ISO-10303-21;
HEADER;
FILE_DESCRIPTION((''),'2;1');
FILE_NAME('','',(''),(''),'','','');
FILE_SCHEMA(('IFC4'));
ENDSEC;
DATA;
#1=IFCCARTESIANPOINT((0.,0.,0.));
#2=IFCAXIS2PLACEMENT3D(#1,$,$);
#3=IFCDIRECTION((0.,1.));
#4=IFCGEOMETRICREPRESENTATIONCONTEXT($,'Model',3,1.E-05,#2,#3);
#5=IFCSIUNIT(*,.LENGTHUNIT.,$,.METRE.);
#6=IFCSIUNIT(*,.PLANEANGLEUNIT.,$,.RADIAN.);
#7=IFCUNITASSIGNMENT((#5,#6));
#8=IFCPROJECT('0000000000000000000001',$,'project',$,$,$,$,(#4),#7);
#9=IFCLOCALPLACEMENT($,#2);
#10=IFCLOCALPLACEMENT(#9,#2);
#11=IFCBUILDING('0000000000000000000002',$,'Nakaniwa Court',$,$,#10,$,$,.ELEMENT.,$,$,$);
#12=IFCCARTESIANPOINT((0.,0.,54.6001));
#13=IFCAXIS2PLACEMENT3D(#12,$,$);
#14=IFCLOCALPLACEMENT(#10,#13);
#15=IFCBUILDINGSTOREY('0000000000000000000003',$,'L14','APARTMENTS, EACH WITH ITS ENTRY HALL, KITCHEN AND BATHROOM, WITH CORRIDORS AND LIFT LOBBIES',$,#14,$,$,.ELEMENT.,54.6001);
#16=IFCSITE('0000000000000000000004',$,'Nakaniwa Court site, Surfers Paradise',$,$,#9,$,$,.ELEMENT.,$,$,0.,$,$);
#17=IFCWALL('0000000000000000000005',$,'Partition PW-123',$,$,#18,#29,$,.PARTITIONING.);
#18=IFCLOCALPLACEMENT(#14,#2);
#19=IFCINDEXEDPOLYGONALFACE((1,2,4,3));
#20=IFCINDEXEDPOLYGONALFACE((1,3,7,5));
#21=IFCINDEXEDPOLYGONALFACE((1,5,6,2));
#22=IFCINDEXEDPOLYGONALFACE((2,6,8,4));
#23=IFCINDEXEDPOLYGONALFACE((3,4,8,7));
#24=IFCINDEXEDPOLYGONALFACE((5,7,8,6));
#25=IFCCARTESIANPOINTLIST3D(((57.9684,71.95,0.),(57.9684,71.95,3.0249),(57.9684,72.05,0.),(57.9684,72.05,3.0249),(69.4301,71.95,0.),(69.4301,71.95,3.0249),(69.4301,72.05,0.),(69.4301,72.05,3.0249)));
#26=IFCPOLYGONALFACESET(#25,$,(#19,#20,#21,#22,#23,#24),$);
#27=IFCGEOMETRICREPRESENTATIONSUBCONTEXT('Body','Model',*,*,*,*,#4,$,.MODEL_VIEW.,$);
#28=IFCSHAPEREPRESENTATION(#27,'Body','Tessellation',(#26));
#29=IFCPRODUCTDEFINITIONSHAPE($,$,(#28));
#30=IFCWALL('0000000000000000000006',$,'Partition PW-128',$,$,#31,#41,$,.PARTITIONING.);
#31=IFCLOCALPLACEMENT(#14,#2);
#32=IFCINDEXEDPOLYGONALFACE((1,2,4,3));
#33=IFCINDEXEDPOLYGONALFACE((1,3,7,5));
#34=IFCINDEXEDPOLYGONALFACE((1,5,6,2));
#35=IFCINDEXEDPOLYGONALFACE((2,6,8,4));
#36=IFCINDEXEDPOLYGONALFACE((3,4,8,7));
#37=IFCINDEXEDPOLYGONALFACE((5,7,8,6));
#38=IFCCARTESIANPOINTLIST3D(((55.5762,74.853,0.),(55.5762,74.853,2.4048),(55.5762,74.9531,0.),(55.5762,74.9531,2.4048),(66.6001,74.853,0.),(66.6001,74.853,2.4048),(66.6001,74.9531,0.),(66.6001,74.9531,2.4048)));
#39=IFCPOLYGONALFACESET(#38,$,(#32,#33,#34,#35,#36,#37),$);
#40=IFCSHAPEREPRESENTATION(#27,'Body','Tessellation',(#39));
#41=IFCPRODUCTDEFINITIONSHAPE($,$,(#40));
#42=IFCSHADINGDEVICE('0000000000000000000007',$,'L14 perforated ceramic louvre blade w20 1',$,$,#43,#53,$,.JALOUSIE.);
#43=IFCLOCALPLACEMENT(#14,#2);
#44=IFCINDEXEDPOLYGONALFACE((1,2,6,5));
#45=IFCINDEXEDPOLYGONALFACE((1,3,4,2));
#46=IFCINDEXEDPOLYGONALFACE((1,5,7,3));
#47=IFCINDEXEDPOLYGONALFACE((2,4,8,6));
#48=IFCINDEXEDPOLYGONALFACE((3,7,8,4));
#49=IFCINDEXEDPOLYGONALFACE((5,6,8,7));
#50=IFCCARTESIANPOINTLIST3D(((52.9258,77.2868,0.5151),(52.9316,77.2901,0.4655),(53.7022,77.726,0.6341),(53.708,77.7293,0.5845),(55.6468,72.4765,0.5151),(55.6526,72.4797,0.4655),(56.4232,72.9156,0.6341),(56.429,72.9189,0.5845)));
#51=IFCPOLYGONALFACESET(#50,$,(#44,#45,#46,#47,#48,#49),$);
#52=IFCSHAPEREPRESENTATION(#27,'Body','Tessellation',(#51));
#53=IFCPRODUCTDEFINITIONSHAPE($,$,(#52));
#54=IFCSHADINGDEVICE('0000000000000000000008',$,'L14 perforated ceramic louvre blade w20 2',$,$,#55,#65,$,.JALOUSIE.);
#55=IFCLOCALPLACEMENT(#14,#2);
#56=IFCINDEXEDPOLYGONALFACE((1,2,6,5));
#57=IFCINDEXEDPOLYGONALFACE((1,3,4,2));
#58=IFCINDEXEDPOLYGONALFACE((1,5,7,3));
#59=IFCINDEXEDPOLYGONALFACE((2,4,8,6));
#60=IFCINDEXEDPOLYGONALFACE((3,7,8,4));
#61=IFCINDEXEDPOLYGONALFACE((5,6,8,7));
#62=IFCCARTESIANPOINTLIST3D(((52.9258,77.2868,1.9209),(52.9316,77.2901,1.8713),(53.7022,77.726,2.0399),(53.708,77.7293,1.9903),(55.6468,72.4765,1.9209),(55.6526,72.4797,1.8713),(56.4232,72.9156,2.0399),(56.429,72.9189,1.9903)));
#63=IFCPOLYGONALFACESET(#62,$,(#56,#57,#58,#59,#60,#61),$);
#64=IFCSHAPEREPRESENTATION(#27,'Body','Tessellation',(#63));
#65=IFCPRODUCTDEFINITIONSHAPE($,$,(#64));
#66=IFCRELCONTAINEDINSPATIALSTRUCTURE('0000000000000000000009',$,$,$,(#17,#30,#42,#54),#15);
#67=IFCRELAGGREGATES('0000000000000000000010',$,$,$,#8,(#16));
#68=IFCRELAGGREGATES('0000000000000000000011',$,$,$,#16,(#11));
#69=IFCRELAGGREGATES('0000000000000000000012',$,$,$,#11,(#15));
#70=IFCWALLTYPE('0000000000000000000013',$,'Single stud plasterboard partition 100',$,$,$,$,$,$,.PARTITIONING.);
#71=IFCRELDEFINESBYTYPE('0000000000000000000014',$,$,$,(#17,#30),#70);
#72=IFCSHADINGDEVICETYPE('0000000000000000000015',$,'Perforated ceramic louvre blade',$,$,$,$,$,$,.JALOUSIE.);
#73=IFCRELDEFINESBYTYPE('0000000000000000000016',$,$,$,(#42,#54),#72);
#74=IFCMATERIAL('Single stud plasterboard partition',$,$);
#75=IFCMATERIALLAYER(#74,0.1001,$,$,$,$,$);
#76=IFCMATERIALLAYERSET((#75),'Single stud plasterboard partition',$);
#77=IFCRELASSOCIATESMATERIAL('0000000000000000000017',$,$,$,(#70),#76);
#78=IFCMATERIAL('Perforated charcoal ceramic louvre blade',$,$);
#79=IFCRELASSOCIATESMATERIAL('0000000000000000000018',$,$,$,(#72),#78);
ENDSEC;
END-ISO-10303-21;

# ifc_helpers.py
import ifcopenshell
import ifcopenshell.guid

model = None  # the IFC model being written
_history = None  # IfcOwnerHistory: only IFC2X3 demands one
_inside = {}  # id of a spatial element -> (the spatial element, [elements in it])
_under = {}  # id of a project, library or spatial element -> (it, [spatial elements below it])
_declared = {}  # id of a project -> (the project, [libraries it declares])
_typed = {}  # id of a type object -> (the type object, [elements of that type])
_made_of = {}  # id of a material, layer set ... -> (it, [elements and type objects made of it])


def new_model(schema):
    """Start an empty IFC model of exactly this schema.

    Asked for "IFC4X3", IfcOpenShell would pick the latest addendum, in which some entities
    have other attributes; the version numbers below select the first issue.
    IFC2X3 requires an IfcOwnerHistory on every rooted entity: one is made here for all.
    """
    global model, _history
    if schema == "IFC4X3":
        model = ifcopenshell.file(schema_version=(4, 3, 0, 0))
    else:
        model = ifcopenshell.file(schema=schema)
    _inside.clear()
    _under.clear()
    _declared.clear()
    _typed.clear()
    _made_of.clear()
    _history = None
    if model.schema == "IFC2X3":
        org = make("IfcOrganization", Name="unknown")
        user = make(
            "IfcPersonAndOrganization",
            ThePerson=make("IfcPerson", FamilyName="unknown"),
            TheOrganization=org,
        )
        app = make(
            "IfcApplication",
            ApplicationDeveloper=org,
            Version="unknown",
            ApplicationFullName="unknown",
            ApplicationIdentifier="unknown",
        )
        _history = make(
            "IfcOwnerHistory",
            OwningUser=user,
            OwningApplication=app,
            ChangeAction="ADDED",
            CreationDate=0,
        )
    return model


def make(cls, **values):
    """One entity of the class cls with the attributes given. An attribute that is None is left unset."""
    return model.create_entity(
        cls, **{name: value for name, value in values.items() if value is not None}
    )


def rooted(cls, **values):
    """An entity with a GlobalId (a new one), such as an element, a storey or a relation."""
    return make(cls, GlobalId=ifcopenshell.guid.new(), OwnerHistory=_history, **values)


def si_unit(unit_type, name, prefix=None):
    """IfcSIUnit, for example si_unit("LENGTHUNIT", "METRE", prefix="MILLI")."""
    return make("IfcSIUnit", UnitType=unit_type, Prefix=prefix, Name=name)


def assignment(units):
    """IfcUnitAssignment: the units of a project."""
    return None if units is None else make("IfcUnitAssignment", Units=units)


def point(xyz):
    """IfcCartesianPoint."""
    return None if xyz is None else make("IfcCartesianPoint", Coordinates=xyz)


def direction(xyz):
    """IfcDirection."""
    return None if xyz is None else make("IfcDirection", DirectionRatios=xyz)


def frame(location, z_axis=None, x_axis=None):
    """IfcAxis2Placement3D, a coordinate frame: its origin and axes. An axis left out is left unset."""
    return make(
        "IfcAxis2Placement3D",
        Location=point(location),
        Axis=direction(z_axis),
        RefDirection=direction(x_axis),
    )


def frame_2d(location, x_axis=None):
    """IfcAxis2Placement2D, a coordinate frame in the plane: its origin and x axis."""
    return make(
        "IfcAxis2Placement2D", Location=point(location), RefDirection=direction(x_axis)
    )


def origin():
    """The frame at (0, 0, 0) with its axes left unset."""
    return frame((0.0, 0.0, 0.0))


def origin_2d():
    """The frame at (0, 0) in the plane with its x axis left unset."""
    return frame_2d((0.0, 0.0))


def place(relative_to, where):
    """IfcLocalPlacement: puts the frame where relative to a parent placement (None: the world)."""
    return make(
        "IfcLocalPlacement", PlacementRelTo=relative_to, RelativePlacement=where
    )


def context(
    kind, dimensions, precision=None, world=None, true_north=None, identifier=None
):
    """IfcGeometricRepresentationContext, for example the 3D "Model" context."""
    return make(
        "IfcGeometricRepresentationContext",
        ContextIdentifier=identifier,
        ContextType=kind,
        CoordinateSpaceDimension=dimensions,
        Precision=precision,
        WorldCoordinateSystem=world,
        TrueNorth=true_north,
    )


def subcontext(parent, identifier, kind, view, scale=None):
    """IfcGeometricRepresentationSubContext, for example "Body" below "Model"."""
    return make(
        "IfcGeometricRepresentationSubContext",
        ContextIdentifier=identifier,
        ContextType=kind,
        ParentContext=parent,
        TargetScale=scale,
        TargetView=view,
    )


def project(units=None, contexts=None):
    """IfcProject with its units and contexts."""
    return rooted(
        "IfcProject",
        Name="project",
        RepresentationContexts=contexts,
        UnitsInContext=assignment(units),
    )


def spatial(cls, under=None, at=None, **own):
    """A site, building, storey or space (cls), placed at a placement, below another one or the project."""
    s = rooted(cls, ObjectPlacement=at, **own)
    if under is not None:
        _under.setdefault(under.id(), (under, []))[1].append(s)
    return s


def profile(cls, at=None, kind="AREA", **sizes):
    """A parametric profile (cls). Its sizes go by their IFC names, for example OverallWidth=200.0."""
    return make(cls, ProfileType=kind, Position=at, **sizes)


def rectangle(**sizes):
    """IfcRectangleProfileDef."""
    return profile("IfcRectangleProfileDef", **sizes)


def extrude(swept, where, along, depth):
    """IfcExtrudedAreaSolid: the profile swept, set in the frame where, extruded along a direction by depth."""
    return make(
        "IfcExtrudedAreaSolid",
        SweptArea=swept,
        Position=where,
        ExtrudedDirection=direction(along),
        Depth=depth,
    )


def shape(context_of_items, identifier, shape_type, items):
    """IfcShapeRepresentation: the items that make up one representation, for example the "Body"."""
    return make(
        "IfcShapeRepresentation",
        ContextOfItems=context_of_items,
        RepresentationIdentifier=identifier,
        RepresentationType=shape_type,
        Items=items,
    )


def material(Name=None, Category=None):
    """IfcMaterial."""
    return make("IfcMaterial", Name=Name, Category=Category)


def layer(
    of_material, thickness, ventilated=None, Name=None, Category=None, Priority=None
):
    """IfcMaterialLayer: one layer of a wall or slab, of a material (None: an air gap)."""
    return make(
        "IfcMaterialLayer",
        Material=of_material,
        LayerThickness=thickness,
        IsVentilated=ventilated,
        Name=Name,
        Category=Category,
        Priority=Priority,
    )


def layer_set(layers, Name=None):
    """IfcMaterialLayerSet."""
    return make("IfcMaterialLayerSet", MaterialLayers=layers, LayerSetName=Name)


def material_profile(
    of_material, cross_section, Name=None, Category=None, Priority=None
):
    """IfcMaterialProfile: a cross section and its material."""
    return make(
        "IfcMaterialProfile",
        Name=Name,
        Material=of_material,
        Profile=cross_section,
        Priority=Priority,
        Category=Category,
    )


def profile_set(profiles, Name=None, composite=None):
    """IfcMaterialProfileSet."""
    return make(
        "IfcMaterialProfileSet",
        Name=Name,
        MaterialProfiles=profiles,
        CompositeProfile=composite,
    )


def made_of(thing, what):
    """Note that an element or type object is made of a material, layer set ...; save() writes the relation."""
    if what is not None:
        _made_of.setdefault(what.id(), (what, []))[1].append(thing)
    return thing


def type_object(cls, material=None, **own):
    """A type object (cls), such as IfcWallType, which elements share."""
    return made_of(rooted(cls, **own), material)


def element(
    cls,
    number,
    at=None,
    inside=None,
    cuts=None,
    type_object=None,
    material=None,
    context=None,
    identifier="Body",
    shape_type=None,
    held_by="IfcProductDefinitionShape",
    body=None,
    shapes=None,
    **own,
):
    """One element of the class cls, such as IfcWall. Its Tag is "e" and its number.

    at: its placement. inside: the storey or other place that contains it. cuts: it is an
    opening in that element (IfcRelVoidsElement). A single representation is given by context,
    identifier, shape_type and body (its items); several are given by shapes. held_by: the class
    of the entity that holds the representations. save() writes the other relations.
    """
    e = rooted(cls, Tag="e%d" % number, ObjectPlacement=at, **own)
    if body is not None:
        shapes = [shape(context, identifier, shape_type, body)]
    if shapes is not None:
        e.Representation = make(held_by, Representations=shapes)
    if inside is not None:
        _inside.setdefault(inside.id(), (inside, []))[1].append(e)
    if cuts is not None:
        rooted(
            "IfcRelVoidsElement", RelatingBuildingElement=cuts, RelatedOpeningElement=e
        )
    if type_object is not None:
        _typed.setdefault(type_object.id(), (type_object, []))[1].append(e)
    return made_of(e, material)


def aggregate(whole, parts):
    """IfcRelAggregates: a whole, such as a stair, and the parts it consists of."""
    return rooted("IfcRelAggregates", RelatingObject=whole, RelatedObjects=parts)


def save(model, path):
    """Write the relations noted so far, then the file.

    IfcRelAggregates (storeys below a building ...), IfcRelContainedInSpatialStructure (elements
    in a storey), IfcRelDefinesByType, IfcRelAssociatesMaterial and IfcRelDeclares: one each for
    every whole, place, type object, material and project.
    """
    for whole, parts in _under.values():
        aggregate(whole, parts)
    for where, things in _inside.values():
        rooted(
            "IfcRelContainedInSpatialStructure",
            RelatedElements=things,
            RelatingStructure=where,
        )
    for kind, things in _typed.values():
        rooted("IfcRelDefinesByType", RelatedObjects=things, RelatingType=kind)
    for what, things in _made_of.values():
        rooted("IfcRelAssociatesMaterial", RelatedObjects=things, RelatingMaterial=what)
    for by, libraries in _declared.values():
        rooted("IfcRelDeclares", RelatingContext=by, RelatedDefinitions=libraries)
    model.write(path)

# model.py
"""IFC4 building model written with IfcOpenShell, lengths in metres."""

from ifc_helpers import new_model, si_unit, direction, frame, frame_2d, origin, origin_2d, place, context, subcontext, project, spatial, rectangle, extrude, material, layer, layer_set, material_profile, profile_set, type_object, element, save


model = new_model("IFC4")

# Units and contexts
model_context = context("Model", 3, precision=1e-05, world=origin(), true_north=direction((0.0, 1.0)))
body_context = subcontext(model_context, "Body", "Model", "MODEL_VIEW")
ifc_project = project(units=[si_unit("LENGTHUNIT", "METRE"), si_unit("PLANEANGLEUNIT", "RADIAN")], contexts=[model_context])

# Site, building, storey
site_placement = place(None, origin())
site = spatial("IfcSite", under=ifc_project, at=site_placement, Name="Nakaniwa Court site, Surfers Paradise", CompositionType="ELEMENT", RefElevation=0.0)
building_placement = place(site_placement, origin())
building = spatial("IfcBuilding", under=site, at=building_placement, Name="Nakaniwa Court", CompositionType="ELEMENT")
storey_placement = place(building_placement, frame((0.0, 0.0, 54.6001)))
storey = spatial("IfcBuildingStorey", under=building, at=storey_placement, Name="L14", Description="APARTMENTS, EACH WITH ITS ENTRY HALL, KITCHEN AND BATHROOM, WITH CORRIDORS AND LIFT LOBBIES", CompositionType="ELEMENT", Elevation=54.6001)

# Walls
ifc_material_1 = material(Name="Single stud plasterboard partition")
ifc_layer_1 = layer(ifc_material_1, 0.1001)
ifc_layer_set_1 = layer_set([ifc_layer_1], Name="Single stud plasterboard partition")
wall_type_1 = type_object("IfcWallType", Name="Single stud plasterboard partition 100", PredefinedType="PARTITIONING", material=ifc_layer_set_1)
wall_1_placement = place(storey_placement, frame((57.9683, 72.0, 0.0), z_axis=(0.0, 0.0, 1.0), x_axis=(1.0, 0.0, 0.0)))
element("IfcWall", 1, at=wall_1_placement, inside=storey, type_object=wall_type_1, Name="Partition PW-123", PredefinedType="PARTITIONING", context=body_context, shape_type="SweptSolid", body=[
    extrude(rectangle(XDim=11.4617, YDim=0.1001, at=frame_2d((5.731, 0.0))), origin(), (0.0, 0.0, 1.0), 3.0249),
])
wall_2_placement = place(storey_placement, frame((55.5762, 74.9031, 0.0), z_axis=(0.0, 0.0, 1.0), x_axis=(1.0, 0.0, 0.0)))
element("IfcWall", 2, at=wall_2_placement, inside=storey, type_object=wall_type_1, Name="Partition PW-128", PredefinedType="PARTITIONING", context=body_context, shape_type="SweptSolid", body=[
    extrude(rectangle(XDim=11.0239, YDim=0.1001, at=frame_2d((5.512, 0.0))), origin(), (0.0, 0.0, 1.0), 2.4048),
])

# Shading devices
ifc_material_2 = material(Name="Perforated charcoal ceramic louvre blade")
ifc_material_profile_1 = material_profile(ifc_material_2, rectangle(XDim=0.8999, YDim=0.05, at=origin_2d()), Name="Perforated ceramic louvre blade")
ifc_profile_set_1 = profile_set([ifc_material_profile_1], Name="Perforated charcoal ceramic louvre blade")
shading_device_type = type_object("IfcShadingDeviceType", Name="Perforated ceramic louvre blade", PredefinedType="JALOUSIE", material=ifc_profile_set_1)
for number, where, z_axis, x_axis, name in (
    (3, (53.3169, 77.5081, 0.5498), (0.492343, -0.870402, 0.0), (0.862756, 0.488018, 0.132256), "L14 perforated ceramic louvre blade w20 1"),
    (4, (53.3169, 77.5081, 1.9556), (0.492343, -0.870402, 0.0), (0.862756, 0.488018, 0.132256), "L14 perforated ceramic louvre blade w20 2"),
):
    element("IfcShadingDevice", number, at=place(storey_placement, frame(where, z_axis=z_axis, x_axis=x_axis)), inside=storey, type_object=shading_device_type, Name=name, PredefinedType="JALOUSIE", context=body_context, shape_type="SweptSolid", body=[
        extrude(rectangle(XDim=0.8999, YDim=0.05, at=origin_2d()), origin(), (0.0, 0.0, 1.0), 5.5266),
    ])

save(model, "model.ifc")
